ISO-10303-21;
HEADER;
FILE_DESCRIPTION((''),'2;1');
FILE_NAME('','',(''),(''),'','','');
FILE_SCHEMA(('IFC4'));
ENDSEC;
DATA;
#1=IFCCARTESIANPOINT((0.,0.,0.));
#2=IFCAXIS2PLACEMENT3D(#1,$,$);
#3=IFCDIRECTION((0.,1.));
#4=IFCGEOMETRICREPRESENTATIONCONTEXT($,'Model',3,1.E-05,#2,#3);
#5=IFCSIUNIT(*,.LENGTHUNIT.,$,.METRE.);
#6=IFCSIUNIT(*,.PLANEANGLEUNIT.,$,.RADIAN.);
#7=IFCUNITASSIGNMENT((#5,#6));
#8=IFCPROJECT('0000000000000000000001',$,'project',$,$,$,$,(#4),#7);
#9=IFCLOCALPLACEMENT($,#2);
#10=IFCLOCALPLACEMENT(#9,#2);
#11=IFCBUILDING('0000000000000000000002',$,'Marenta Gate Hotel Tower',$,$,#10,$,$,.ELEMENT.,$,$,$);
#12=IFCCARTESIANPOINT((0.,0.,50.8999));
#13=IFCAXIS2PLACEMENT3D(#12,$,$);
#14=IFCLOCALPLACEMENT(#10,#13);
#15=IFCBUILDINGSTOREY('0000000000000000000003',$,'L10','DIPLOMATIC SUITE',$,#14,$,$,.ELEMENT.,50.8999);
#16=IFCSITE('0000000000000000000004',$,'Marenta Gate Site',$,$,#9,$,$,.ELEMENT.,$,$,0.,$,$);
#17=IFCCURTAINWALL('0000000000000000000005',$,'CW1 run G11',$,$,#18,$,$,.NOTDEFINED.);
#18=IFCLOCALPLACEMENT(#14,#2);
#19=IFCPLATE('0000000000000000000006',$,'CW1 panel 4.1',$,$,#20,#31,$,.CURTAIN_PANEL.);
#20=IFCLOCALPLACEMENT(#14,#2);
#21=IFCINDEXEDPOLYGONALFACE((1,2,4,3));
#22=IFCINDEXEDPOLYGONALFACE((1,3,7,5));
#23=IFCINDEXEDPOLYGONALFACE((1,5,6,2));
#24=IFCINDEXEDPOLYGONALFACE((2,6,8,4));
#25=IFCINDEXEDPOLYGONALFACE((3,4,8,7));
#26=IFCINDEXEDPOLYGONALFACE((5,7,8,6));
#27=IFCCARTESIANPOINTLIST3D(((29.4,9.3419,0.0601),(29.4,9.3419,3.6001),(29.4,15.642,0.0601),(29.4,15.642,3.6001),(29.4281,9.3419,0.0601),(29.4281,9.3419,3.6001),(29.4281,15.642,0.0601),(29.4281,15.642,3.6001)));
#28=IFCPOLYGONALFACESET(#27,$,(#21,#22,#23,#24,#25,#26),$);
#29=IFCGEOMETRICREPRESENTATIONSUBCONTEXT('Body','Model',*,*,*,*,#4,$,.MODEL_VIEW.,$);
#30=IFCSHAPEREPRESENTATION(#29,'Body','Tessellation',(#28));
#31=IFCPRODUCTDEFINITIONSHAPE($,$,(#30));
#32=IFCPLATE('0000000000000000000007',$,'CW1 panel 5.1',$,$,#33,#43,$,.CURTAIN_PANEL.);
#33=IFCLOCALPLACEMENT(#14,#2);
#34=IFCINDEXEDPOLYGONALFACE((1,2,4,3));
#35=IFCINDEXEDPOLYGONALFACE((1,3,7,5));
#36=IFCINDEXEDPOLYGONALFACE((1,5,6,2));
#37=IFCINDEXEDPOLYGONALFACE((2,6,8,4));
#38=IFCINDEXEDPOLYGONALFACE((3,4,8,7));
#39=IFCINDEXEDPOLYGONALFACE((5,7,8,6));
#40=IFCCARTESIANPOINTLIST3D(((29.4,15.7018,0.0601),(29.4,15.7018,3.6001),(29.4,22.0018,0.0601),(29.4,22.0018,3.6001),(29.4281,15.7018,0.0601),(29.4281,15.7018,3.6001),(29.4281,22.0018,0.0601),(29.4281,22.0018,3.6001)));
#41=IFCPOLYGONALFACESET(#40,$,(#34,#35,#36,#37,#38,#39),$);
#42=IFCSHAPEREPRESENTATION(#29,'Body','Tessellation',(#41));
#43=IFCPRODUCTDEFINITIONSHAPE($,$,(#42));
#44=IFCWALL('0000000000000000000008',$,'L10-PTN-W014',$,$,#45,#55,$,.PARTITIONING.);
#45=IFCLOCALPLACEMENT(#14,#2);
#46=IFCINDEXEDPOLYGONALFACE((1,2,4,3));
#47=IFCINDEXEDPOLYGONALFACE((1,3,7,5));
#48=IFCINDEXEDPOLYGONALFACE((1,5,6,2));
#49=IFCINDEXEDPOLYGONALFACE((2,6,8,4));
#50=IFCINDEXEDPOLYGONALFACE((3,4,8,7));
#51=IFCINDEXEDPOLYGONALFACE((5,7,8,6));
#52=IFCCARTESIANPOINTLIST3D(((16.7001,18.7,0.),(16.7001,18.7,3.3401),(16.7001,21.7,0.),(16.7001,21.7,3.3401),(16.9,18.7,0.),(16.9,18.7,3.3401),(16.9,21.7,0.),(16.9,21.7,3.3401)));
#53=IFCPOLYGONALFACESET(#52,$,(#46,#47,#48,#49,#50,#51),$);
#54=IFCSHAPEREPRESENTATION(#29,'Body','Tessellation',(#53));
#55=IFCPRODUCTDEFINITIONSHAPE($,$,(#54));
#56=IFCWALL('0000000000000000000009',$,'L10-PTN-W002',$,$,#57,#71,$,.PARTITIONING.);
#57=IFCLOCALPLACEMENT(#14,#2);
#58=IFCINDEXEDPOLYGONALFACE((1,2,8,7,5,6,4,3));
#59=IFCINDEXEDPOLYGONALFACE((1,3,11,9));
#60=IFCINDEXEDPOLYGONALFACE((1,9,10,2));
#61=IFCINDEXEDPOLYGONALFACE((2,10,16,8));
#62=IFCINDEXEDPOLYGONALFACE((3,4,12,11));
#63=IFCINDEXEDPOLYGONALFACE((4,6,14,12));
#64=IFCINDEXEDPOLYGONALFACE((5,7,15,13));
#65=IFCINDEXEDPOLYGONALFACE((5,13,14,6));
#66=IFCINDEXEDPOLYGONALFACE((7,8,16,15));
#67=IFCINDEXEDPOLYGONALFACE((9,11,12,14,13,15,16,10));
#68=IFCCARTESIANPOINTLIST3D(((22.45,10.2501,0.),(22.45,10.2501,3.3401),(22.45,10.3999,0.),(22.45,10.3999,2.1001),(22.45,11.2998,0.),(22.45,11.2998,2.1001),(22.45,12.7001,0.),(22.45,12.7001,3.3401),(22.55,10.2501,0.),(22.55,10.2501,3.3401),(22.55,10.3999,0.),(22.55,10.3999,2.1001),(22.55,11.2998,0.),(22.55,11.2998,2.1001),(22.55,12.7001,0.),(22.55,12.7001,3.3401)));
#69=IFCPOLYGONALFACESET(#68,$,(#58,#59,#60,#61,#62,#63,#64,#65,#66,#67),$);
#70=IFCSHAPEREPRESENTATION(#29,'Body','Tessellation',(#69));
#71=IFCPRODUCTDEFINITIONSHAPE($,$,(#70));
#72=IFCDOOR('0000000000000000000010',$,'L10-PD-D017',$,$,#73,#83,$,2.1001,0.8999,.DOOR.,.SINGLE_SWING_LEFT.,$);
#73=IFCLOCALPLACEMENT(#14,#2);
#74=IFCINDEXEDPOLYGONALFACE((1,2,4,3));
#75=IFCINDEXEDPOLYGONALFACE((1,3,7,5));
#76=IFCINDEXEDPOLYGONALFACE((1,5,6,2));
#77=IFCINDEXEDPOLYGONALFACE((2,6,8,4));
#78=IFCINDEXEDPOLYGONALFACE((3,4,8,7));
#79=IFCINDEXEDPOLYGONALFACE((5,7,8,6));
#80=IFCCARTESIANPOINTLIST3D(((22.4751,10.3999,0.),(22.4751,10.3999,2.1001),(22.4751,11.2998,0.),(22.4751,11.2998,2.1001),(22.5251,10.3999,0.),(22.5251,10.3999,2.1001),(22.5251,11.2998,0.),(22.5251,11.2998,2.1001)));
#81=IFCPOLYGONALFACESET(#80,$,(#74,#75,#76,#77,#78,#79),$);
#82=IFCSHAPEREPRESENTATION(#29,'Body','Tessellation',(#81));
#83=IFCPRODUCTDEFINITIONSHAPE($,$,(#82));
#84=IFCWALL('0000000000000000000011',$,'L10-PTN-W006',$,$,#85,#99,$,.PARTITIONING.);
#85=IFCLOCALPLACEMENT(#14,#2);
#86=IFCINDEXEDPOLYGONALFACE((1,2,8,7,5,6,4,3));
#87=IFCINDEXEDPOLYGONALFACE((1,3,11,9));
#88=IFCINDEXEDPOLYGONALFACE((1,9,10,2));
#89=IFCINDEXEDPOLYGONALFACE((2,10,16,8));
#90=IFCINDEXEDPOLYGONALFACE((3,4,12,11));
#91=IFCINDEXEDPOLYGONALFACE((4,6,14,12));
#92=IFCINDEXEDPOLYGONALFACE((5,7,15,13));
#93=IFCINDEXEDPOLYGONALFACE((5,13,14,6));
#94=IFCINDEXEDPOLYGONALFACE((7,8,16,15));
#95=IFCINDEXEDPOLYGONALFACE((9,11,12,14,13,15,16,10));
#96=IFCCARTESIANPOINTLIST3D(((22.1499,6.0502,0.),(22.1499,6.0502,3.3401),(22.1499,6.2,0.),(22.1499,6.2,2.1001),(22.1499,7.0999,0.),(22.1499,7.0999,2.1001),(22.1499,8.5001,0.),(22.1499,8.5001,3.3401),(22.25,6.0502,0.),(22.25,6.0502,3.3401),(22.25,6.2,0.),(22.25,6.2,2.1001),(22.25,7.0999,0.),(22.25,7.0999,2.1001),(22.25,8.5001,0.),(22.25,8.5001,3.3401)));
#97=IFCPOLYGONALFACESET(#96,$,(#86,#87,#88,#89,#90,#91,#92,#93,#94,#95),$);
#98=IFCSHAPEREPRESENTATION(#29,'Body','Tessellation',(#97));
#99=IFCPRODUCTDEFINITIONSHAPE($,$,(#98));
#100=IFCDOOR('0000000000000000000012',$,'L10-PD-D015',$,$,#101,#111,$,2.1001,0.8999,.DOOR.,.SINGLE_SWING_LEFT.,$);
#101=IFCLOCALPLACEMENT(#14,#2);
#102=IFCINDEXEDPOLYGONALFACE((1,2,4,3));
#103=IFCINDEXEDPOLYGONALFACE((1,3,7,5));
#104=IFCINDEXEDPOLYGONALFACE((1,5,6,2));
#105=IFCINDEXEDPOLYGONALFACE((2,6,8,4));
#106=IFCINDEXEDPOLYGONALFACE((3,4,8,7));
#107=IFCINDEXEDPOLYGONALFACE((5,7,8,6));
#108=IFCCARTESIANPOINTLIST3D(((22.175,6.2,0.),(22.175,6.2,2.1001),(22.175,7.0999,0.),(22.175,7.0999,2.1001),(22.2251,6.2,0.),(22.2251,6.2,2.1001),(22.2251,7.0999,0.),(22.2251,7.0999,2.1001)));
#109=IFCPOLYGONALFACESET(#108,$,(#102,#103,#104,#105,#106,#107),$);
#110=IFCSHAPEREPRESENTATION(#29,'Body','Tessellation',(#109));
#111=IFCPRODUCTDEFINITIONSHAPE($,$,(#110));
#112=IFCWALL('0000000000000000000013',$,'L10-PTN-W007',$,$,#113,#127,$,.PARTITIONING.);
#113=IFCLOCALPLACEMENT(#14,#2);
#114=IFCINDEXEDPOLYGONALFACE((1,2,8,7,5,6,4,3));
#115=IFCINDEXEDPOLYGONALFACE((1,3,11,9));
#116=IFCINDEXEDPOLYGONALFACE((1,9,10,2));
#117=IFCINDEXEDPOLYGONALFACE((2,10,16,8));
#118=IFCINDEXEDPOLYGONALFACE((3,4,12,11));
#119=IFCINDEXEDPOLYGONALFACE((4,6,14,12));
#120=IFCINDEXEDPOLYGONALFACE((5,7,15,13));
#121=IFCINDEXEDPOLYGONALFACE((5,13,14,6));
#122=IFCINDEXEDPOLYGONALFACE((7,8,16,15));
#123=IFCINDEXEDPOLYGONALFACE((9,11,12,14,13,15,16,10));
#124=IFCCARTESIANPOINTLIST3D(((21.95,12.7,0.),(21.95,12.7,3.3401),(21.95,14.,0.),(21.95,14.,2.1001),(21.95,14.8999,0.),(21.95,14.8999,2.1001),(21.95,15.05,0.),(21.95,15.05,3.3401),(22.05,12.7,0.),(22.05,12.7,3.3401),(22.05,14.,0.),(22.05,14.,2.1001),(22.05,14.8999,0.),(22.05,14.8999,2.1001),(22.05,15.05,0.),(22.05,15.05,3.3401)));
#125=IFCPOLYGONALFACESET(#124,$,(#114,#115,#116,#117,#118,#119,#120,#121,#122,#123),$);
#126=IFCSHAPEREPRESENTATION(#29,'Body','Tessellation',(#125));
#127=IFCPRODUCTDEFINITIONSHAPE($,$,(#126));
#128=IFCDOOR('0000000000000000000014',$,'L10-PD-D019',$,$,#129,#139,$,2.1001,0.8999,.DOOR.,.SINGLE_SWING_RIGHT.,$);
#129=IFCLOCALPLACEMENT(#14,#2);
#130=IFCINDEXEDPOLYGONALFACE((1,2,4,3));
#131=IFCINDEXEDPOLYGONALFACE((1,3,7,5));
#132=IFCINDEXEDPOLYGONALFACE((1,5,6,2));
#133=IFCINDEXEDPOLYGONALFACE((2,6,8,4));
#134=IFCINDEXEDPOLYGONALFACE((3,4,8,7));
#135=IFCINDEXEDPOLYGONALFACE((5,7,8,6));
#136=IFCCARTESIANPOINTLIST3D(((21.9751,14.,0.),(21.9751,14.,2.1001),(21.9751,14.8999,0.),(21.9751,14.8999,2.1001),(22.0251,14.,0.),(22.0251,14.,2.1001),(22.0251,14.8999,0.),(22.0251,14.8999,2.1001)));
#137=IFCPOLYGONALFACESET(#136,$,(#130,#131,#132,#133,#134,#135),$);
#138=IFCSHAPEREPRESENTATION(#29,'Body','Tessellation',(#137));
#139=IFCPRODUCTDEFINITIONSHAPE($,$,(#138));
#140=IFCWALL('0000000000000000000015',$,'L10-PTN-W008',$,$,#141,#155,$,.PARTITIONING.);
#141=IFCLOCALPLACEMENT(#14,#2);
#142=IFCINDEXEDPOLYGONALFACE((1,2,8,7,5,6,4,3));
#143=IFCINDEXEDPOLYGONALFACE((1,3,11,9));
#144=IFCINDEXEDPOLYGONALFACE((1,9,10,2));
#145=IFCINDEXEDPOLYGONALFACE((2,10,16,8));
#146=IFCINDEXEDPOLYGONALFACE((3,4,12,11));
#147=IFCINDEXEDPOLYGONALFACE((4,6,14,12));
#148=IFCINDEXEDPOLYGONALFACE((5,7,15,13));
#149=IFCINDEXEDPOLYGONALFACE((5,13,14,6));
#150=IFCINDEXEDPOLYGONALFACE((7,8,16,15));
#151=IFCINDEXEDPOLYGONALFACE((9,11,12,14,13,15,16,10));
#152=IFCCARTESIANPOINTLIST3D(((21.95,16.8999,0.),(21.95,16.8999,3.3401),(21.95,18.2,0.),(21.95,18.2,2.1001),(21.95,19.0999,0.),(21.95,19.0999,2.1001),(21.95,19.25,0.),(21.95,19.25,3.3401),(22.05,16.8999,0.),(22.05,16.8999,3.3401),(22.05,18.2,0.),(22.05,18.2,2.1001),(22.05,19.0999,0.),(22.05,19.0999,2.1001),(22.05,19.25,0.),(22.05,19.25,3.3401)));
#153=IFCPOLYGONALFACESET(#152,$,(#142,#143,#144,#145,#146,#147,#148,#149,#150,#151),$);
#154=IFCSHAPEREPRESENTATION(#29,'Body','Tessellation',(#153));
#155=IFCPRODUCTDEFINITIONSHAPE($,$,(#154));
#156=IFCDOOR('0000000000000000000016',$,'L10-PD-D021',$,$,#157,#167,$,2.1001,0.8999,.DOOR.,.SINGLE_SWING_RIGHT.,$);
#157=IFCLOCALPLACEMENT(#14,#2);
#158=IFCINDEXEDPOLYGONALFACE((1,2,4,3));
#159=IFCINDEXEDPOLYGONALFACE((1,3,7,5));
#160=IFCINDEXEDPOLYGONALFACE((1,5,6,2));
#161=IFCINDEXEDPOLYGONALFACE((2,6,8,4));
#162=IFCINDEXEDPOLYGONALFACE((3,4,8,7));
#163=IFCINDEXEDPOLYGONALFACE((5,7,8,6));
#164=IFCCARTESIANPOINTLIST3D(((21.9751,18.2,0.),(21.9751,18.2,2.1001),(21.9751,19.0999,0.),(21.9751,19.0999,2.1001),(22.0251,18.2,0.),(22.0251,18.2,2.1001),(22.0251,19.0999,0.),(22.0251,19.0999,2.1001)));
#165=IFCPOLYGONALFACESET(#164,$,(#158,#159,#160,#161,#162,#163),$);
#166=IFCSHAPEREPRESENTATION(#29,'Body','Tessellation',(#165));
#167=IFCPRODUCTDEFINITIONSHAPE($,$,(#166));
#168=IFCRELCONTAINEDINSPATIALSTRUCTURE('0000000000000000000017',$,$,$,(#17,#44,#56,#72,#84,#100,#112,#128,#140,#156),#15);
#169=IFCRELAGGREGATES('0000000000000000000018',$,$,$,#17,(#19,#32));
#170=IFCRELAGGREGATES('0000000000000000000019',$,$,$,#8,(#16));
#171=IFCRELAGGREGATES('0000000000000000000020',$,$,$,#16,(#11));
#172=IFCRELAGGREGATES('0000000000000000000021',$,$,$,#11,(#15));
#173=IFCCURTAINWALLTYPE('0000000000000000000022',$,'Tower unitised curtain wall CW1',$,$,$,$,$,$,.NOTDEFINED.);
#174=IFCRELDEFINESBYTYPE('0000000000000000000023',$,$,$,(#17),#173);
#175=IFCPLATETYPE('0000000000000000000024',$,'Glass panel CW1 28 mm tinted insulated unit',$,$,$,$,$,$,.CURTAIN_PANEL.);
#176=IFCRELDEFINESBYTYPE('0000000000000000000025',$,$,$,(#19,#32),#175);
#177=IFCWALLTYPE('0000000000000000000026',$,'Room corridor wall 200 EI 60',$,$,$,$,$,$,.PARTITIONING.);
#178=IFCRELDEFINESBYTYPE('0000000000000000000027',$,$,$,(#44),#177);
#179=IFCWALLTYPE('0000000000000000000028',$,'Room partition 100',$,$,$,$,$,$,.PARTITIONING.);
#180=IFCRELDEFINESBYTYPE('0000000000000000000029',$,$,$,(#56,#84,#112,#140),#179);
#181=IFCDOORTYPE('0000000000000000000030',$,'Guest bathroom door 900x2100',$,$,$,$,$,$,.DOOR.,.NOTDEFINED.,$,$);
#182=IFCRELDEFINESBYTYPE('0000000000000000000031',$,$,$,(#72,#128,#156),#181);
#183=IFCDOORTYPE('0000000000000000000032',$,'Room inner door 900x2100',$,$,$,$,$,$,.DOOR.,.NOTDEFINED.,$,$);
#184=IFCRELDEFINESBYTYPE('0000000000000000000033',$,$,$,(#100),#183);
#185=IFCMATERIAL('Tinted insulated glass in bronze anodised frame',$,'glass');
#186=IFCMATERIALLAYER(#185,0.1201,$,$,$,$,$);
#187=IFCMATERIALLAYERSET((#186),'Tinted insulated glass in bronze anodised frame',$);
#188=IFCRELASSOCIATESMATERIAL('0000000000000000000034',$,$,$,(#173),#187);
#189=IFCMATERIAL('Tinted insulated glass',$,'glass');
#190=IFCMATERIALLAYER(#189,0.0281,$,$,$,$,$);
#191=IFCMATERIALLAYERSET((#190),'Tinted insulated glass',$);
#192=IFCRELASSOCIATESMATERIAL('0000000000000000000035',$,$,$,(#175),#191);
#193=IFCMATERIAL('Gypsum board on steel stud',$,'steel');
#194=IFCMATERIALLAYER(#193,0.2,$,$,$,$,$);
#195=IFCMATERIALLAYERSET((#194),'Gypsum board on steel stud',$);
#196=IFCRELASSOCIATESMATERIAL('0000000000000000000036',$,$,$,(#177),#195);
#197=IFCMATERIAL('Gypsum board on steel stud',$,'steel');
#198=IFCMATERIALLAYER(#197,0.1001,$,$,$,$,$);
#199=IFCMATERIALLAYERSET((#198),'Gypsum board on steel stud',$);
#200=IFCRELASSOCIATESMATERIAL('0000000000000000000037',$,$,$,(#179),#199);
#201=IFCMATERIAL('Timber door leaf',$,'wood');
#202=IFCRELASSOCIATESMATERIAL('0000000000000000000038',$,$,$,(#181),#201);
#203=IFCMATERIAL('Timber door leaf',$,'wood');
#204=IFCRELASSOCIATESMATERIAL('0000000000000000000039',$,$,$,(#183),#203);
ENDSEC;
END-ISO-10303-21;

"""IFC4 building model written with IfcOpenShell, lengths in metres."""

from ifc_helpers import new_model, si_unit, direction, frame, frame_2d, origin, origin_2d, place, context, subcontext, project, spatial, rectangle, extrude, material, layer, layer_set, type_object, element, fill, aggregate, save


model = new_model("IFC4")

# Units and contexts
model_context = context("Model", 3, precision=1e-05, world=origin(), true_north=direction((0.0, 1.0)))
body_context = subcontext(model_context, "Body", "Model", "MODEL_VIEW")
ifc_project = project(units=[si_unit("LENGTHUNIT", "METRE"), si_unit("PLANEANGLEUNIT", "RADIAN")], contexts=[model_context])

# Site, building, storey
site_placement = place(None, origin())
site = spatial("IfcSite", under=ifc_project, at=site_placement, Name="Marenta Gate Site", CompositionType="ELEMENT", RefElevation=0.0)
building_placement = place(site_placement, origin())
building = spatial("IfcBuilding", under=site, at=building_placement, Name="Marenta Gate Hotel Tower", CompositionType="ELEMENT")
storey_placement = place(building_placement, frame((0.0, 0.0, 50.8999)))
storey = spatial("IfcBuildingStorey", under=building, at=storey_placement, Name="L10", Description="DIPLOMATIC SUITE", CompositionType="ELEMENT", Elevation=50.8999)

# Curtain wall, plates
ifc_material_1 = material(Name="Tinted insulated glass in bronze anodised frame", Category="glass")
ifc_layer_1 = layer(ifc_material_1, 0.1201)
ifc_layer_set_1 = layer_set([ifc_layer_1], Name="Tinted insulated glass in bronze anodised frame")
curtain_wall_type = type_object("IfcCurtainWallType", Name="Tower unitised curtain wall CW1", PredefinedType="NOTDEFINED", material=ifc_layer_set_1)
curtain_wall_placement = place(storey_placement, origin())
curtain_wall = element("IfcCurtainWall", 1, at=curtain_wall_placement, inside=storey, type_object=curtain_wall_type, Name="CW1 run G11", PredefinedType="NOTDEFINED")
ifc_material_2 = material(Name="Tinted insulated glass", Category="glass")
ifc_layer_2 = layer(ifc_material_2, 0.0281)
ifc_layer_set_2 = layer_set([ifc_layer_2], Name="Tinted insulated glass")
plate_type = type_object("IfcPlateType", Name="Glass panel CW1 28 mm tinted insulated unit", PredefinedType="CURTAIN_PANEL", material=ifc_layer_set_2)
plate_1_placement = place(storey_placement, frame((29.4141, 12.4919, 0.0601), z_axis=(0.0, 0.0, 1.0), x_axis=(0.0, 1.0, 0.0)))
plate_1 = element("IfcPlate", 2, at=plate_1_placement, type_object=plate_type, Name="CW1 panel 4.1", PredefinedType="CURTAIN_PANEL", context=body_context, shape_type="SweptSolid", body=[
    extrude(rectangle(XDim=6.3, YDim=0.0281, at=origin_2d()), origin(), (0.0, 0.0, 1.0), 3.54),
])
plate_2_placement = place(storey_placement, frame((29.4141, 18.8518, 0.0601), z_axis=(0.0, 0.0, 1.0), x_axis=(0.0, 1.0, 0.0)))
plate_2 = element("IfcPlate", 3, at=plate_2_placement, type_object=plate_type, Name="CW1 panel 5.1", PredefinedType="CURTAIN_PANEL", context=body_context, shape_type="SweptSolid", body=[
    extrude(rectangle(XDim=6.3, YDim=0.0281, at=origin_2d()), origin(), (0.0, 0.0, 1.0), 3.54),
])
aggregate(curtain_wall, [plate_1, plate_2])

# Wall
ifc_material_3 = material(Name="Gypsum board on steel stud", Category="steel")
ifc_layer_3 = layer(ifc_material_3, 0.2)
ifc_layer_set_3 = layer_set([ifc_layer_3], Name="Gypsum board on steel stud")
wall_type_1 = type_object("IfcWallType", Name="Room corridor wall 200 EI 60", PredefinedType="PARTITIONING", material=ifc_layer_set_3)
wall_1_placement = place(storey_placement, frame((16.8, 18.7, 0.0), z_axis=(0.0, 0.0, 1.0), x_axis=(0.0, 1.0, 0.0)))
element("IfcWall", 4, at=wall_1_placement, inside=storey, type_object=wall_type_1, Name="L10-PTN-W014", PredefinedType="PARTITIONING", context=body_context, shape_type="SweptSolid", body=[
    extrude(rectangle(XDim=3.0, YDim=0.2, at=frame_2d((1.5, 0.0))), origin(), (0.0, 0.0, 1.0), 3.3401),
])

# Walls, openings, doors
ifc_material_4 = material(Name="Gypsum board on steel stud", Category="steel")
ifc_layer_4 = layer(ifc_material_4, 0.1001)
ifc_layer_set_4 = layer_set([ifc_layer_4], Name="Gypsum board on steel stud")
wall_type_2 = type_object("IfcWallType", Name="Room partition 100", PredefinedType="PARTITIONING", material=ifc_layer_set_4)
wall_2_placement = place(storey_placement, frame((22.5, 10.25, 0.0), z_axis=(0.0, 0.0, 1.0), x_axis=(0.0, 1.0, 0.0)))
wall_2 = element("IfcWall", 5, at=wall_2_placement, inside=storey, type_object=wall_type_2, Name="L10-PTN-W002", PredefinedType="PARTITIONING", context=body_context, shape_type="SweptSolid", body=[
    extrude(rectangle(XDim=2.45, YDim=0.1001, at=frame_2d((1.2251, 0.0))), origin(), (0.0, 0.0, 1.0), 3.3401),
])
opening_1_placement = place(wall_2_placement, frame((0.1499, 0.0, 0.0)))
opening_1 = element("IfcOpeningElement", 6, at=opening_1_placement, cuts=wall_2, PredefinedType="OPENING", context=body_context, shape_type="SweptSolid", body=[
    extrude(rectangle(XDim=0.8999, YDim=2.1001, at=frame_2d((0.45, 1.05))), frame((0.0, 0.05, 0.0), z_axis=(0.0, -1.0, 0.0), x_axis=(1.0, 0.0, 0.0)), (0.0, 0.0, 1.0), 0.1001),
])
ifc_material_5 = material(Name="Timber door leaf", Category="wood")
door_type_1 = type_object("IfcDoorType", Name="Guest bathroom door 900x2100", OperationType="NOTDEFINED", PredefinedType="DOOR", material=ifc_material_5)
door_1_placement = place(opening_1_placement, origin())
door_1 = element("IfcDoor", 7, at=door_1_placement, inside=storey, type_object=door_type_1, Name="L10-PD-D017", OperationType="SINGLE_SWING_LEFT", OverallHeight=2.1001, OverallWidth=0.8999, PredefinedType="DOOR", context=body_context, shape_type="SweptSolid", body=[
    extrude(rectangle(XDim=0.8999, YDim=2.1001, at=frame_2d((0.45, 1.05))), frame((0.0, 0.0249, 0.0), z_axis=(0.0, -1.0, 0.0), x_axis=(1.0, 0.0, 0.0)), (0.0, 0.0, 1.0), 0.05),
])
fill(opening_1, door_1)
wall_3_placement = place(storey_placement, frame((22.2, 6.05, 0.0), z_axis=(0.0, 0.0, 1.0), x_axis=(0.0, 1.0, 0.0)))
wall_3 = element("IfcWall", 8, at=wall_3_placement, inside=storey, type_object=wall_type_2, Name="L10-PTN-W006", PredefinedType="PARTITIONING", context=body_context, shape_type="SweptSolid", body=[
    extrude(rectangle(XDim=2.45, YDim=0.1001, at=frame_2d((1.2251, 0.0))), origin(), (0.0, 0.0, 1.0), 3.3401),
])
opening_2_placement = place(wall_3_placement, frame((0.1499, 0.0, 0.0)))
opening_2 = element("IfcOpeningElement", 9, at=opening_2_placement, cuts=wall_3, PredefinedType="OPENING", context=body_context, shape_type="SweptSolid", body=[
    extrude(rectangle(XDim=0.8999, YDim=2.1001, at=frame_2d((0.45, 1.05))), frame((0.0, 0.05, 0.0), z_axis=(0.0, -1.0, 0.0), x_axis=(1.0, 0.0, 0.0)), (0.0, 0.0, 1.0), 0.1001),
])
ifc_material_6 = material(Name="Timber door leaf", Category="wood")
door_type_2 = type_object("IfcDoorType", Name="Room inner door 900x2100", OperationType="NOTDEFINED", PredefinedType="DOOR", material=ifc_material_6)
door_2_placement = place(opening_2_placement, origin())
door_2 = element("IfcDoor", 10, at=door_2_placement, inside=storey, type_object=door_type_2, Name="L10-PD-D015", OperationType="SINGLE_SWING_LEFT", OverallHeight=2.1001, OverallWidth=0.8999, PredefinedType="DOOR", context=body_context, shape_type="SweptSolid", body=[
    extrude(rectangle(XDim=0.8999, YDim=2.1001, at=frame_2d((0.45, 1.05))), frame((0.0, 0.0249, 0.0), z_axis=(0.0, -1.0, 0.0), x_axis=(1.0, 0.0, 0.0)), (0.0, 0.0, 1.0), 0.05),
])
fill(opening_2, door_2)
wall_4_placement = place(storey_placement, frame((22.0, 12.7, 0.0), z_axis=(0.0, 0.0, 1.0), x_axis=(0.0, 1.0, 0.0)))
wall_4 = element("IfcWall", 11, at=wall_4_placement, inside=storey, type_object=wall_type_2, Name="L10-PTN-W007", PredefinedType="PARTITIONING", context=body_context, shape_type="SweptSolid", body=[
    extrude(rectangle(XDim=2.3501, YDim=0.1001, at=frame_2d((1.175, 0.0))), origin(), (0.0, 0.0, 1.0), 3.3401),
])
opening_3_placement = place(wall_4_placement, frame((1.3, 0.0, 0.0)))
opening_3 = element("IfcOpeningElement", 12, at=opening_3_placement, cuts=wall_4, PredefinedType="OPENING", context=body_context, shape_type="SweptSolid", body=[
    extrude(rectangle(XDim=0.8999, YDim=2.1001, at=frame_2d((0.45, 1.05))), frame((0.0, 0.05, 0.0), z_axis=(0.0, -1.0, 0.0), x_axis=(1.0, 0.0, 0.0)), (0.0, 0.0, 1.0), 0.1001),
])
door_3_placement = place(opening_3_placement, origin())
door_3 = element("IfcDoor", 13, at=door_3_placement, inside=storey, type_object=door_type_1, Name="L10-PD-D019", OperationType="SINGLE_SWING_RIGHT", OverallHeight=2.1001, OverallWidth=0.8999, PredefinedType="DOOR", context=body_context, shape_type="SweptSolid", body=[
    extrude(rectangle(XDim=0.8999, YDim=2.1001, at=frame_2d((0.45, 1.05))), frame((0.0, 0.0249, 0.0), z_axis=(0.0, -1.0, 0.0), x_axis=(1.0, 0.0, 0.0)), (0.0, 0.0, 1.0), 0.05),
])
fill(opening_3, door_3)
wall_5_placement = place(storey_placement, frame((22.0, 16.8999, 0.0), z_axis=(0.0, 0.0, 1.0), x_axis=(0.0, 1.0, 0.0)))
wall_5 = element("IfcWall", 14, at=wall_5_placement, inside=storey, type_object=wall_type_2, Name="L10-PTN-W008", PredefinedType="PARTITIONING", context=body_context, shape_type="SweptSolid", body=[
    extrude(rectangle(XDim=2.3501, YDim=0.1001, at=frame_2d((1.175, 0.0))), origin(), (0.0, 0.0, 1.0), 3.3401),
])
opening_4_placement = place(wall_5_placement, frame((1.3, 0.0, 0.0)))
opening_4 = element("IfcOpeningElement", 15, at=opening_4_placement, cuts=wall_5, PredefinedType="OPENING", context=body_context, shape_type="SweptSolid", body=[
    extrude(rectangle(XDim=0.8999, YDim=2.1001, at=frame_2d((0.45, 1.05))), frame((0.0, 0.05, 0.0), z_axis=(0.0, -1.0, 0.0), x_axis=(1.0, 0.0, 0.0)), (0.0, 0.0, 1.0), 0.1001),
])
door_4_placement = place(opening_4_placement, origin())
door_4 = element("IfcDoor", 16, at=door_4_placement, inside=storey, type_object=door_type_1, Name="L10-PD-D021", OperationType="SINGLE_SWING_RIGHT", OverallHeight=2.1001, OverallWidth=0.8999, PredefinedType="DOOR", context=body_context, shape_type="SweptSolid", body=[
    extrude(rectangle(XDim=0.8999, YDim=2.1001, at=frame_2d((0.45, 1.05))), frame((0.0, 0.0249, 0.0), z_axis=(0.0, -1.0, 0.0), x_axis=(1.0, 0.0, 0.0)), (0.0, 0.0, 1.0), 0.05),
])
fill(opening_4, door_4)

save(model, "model.ifc")
